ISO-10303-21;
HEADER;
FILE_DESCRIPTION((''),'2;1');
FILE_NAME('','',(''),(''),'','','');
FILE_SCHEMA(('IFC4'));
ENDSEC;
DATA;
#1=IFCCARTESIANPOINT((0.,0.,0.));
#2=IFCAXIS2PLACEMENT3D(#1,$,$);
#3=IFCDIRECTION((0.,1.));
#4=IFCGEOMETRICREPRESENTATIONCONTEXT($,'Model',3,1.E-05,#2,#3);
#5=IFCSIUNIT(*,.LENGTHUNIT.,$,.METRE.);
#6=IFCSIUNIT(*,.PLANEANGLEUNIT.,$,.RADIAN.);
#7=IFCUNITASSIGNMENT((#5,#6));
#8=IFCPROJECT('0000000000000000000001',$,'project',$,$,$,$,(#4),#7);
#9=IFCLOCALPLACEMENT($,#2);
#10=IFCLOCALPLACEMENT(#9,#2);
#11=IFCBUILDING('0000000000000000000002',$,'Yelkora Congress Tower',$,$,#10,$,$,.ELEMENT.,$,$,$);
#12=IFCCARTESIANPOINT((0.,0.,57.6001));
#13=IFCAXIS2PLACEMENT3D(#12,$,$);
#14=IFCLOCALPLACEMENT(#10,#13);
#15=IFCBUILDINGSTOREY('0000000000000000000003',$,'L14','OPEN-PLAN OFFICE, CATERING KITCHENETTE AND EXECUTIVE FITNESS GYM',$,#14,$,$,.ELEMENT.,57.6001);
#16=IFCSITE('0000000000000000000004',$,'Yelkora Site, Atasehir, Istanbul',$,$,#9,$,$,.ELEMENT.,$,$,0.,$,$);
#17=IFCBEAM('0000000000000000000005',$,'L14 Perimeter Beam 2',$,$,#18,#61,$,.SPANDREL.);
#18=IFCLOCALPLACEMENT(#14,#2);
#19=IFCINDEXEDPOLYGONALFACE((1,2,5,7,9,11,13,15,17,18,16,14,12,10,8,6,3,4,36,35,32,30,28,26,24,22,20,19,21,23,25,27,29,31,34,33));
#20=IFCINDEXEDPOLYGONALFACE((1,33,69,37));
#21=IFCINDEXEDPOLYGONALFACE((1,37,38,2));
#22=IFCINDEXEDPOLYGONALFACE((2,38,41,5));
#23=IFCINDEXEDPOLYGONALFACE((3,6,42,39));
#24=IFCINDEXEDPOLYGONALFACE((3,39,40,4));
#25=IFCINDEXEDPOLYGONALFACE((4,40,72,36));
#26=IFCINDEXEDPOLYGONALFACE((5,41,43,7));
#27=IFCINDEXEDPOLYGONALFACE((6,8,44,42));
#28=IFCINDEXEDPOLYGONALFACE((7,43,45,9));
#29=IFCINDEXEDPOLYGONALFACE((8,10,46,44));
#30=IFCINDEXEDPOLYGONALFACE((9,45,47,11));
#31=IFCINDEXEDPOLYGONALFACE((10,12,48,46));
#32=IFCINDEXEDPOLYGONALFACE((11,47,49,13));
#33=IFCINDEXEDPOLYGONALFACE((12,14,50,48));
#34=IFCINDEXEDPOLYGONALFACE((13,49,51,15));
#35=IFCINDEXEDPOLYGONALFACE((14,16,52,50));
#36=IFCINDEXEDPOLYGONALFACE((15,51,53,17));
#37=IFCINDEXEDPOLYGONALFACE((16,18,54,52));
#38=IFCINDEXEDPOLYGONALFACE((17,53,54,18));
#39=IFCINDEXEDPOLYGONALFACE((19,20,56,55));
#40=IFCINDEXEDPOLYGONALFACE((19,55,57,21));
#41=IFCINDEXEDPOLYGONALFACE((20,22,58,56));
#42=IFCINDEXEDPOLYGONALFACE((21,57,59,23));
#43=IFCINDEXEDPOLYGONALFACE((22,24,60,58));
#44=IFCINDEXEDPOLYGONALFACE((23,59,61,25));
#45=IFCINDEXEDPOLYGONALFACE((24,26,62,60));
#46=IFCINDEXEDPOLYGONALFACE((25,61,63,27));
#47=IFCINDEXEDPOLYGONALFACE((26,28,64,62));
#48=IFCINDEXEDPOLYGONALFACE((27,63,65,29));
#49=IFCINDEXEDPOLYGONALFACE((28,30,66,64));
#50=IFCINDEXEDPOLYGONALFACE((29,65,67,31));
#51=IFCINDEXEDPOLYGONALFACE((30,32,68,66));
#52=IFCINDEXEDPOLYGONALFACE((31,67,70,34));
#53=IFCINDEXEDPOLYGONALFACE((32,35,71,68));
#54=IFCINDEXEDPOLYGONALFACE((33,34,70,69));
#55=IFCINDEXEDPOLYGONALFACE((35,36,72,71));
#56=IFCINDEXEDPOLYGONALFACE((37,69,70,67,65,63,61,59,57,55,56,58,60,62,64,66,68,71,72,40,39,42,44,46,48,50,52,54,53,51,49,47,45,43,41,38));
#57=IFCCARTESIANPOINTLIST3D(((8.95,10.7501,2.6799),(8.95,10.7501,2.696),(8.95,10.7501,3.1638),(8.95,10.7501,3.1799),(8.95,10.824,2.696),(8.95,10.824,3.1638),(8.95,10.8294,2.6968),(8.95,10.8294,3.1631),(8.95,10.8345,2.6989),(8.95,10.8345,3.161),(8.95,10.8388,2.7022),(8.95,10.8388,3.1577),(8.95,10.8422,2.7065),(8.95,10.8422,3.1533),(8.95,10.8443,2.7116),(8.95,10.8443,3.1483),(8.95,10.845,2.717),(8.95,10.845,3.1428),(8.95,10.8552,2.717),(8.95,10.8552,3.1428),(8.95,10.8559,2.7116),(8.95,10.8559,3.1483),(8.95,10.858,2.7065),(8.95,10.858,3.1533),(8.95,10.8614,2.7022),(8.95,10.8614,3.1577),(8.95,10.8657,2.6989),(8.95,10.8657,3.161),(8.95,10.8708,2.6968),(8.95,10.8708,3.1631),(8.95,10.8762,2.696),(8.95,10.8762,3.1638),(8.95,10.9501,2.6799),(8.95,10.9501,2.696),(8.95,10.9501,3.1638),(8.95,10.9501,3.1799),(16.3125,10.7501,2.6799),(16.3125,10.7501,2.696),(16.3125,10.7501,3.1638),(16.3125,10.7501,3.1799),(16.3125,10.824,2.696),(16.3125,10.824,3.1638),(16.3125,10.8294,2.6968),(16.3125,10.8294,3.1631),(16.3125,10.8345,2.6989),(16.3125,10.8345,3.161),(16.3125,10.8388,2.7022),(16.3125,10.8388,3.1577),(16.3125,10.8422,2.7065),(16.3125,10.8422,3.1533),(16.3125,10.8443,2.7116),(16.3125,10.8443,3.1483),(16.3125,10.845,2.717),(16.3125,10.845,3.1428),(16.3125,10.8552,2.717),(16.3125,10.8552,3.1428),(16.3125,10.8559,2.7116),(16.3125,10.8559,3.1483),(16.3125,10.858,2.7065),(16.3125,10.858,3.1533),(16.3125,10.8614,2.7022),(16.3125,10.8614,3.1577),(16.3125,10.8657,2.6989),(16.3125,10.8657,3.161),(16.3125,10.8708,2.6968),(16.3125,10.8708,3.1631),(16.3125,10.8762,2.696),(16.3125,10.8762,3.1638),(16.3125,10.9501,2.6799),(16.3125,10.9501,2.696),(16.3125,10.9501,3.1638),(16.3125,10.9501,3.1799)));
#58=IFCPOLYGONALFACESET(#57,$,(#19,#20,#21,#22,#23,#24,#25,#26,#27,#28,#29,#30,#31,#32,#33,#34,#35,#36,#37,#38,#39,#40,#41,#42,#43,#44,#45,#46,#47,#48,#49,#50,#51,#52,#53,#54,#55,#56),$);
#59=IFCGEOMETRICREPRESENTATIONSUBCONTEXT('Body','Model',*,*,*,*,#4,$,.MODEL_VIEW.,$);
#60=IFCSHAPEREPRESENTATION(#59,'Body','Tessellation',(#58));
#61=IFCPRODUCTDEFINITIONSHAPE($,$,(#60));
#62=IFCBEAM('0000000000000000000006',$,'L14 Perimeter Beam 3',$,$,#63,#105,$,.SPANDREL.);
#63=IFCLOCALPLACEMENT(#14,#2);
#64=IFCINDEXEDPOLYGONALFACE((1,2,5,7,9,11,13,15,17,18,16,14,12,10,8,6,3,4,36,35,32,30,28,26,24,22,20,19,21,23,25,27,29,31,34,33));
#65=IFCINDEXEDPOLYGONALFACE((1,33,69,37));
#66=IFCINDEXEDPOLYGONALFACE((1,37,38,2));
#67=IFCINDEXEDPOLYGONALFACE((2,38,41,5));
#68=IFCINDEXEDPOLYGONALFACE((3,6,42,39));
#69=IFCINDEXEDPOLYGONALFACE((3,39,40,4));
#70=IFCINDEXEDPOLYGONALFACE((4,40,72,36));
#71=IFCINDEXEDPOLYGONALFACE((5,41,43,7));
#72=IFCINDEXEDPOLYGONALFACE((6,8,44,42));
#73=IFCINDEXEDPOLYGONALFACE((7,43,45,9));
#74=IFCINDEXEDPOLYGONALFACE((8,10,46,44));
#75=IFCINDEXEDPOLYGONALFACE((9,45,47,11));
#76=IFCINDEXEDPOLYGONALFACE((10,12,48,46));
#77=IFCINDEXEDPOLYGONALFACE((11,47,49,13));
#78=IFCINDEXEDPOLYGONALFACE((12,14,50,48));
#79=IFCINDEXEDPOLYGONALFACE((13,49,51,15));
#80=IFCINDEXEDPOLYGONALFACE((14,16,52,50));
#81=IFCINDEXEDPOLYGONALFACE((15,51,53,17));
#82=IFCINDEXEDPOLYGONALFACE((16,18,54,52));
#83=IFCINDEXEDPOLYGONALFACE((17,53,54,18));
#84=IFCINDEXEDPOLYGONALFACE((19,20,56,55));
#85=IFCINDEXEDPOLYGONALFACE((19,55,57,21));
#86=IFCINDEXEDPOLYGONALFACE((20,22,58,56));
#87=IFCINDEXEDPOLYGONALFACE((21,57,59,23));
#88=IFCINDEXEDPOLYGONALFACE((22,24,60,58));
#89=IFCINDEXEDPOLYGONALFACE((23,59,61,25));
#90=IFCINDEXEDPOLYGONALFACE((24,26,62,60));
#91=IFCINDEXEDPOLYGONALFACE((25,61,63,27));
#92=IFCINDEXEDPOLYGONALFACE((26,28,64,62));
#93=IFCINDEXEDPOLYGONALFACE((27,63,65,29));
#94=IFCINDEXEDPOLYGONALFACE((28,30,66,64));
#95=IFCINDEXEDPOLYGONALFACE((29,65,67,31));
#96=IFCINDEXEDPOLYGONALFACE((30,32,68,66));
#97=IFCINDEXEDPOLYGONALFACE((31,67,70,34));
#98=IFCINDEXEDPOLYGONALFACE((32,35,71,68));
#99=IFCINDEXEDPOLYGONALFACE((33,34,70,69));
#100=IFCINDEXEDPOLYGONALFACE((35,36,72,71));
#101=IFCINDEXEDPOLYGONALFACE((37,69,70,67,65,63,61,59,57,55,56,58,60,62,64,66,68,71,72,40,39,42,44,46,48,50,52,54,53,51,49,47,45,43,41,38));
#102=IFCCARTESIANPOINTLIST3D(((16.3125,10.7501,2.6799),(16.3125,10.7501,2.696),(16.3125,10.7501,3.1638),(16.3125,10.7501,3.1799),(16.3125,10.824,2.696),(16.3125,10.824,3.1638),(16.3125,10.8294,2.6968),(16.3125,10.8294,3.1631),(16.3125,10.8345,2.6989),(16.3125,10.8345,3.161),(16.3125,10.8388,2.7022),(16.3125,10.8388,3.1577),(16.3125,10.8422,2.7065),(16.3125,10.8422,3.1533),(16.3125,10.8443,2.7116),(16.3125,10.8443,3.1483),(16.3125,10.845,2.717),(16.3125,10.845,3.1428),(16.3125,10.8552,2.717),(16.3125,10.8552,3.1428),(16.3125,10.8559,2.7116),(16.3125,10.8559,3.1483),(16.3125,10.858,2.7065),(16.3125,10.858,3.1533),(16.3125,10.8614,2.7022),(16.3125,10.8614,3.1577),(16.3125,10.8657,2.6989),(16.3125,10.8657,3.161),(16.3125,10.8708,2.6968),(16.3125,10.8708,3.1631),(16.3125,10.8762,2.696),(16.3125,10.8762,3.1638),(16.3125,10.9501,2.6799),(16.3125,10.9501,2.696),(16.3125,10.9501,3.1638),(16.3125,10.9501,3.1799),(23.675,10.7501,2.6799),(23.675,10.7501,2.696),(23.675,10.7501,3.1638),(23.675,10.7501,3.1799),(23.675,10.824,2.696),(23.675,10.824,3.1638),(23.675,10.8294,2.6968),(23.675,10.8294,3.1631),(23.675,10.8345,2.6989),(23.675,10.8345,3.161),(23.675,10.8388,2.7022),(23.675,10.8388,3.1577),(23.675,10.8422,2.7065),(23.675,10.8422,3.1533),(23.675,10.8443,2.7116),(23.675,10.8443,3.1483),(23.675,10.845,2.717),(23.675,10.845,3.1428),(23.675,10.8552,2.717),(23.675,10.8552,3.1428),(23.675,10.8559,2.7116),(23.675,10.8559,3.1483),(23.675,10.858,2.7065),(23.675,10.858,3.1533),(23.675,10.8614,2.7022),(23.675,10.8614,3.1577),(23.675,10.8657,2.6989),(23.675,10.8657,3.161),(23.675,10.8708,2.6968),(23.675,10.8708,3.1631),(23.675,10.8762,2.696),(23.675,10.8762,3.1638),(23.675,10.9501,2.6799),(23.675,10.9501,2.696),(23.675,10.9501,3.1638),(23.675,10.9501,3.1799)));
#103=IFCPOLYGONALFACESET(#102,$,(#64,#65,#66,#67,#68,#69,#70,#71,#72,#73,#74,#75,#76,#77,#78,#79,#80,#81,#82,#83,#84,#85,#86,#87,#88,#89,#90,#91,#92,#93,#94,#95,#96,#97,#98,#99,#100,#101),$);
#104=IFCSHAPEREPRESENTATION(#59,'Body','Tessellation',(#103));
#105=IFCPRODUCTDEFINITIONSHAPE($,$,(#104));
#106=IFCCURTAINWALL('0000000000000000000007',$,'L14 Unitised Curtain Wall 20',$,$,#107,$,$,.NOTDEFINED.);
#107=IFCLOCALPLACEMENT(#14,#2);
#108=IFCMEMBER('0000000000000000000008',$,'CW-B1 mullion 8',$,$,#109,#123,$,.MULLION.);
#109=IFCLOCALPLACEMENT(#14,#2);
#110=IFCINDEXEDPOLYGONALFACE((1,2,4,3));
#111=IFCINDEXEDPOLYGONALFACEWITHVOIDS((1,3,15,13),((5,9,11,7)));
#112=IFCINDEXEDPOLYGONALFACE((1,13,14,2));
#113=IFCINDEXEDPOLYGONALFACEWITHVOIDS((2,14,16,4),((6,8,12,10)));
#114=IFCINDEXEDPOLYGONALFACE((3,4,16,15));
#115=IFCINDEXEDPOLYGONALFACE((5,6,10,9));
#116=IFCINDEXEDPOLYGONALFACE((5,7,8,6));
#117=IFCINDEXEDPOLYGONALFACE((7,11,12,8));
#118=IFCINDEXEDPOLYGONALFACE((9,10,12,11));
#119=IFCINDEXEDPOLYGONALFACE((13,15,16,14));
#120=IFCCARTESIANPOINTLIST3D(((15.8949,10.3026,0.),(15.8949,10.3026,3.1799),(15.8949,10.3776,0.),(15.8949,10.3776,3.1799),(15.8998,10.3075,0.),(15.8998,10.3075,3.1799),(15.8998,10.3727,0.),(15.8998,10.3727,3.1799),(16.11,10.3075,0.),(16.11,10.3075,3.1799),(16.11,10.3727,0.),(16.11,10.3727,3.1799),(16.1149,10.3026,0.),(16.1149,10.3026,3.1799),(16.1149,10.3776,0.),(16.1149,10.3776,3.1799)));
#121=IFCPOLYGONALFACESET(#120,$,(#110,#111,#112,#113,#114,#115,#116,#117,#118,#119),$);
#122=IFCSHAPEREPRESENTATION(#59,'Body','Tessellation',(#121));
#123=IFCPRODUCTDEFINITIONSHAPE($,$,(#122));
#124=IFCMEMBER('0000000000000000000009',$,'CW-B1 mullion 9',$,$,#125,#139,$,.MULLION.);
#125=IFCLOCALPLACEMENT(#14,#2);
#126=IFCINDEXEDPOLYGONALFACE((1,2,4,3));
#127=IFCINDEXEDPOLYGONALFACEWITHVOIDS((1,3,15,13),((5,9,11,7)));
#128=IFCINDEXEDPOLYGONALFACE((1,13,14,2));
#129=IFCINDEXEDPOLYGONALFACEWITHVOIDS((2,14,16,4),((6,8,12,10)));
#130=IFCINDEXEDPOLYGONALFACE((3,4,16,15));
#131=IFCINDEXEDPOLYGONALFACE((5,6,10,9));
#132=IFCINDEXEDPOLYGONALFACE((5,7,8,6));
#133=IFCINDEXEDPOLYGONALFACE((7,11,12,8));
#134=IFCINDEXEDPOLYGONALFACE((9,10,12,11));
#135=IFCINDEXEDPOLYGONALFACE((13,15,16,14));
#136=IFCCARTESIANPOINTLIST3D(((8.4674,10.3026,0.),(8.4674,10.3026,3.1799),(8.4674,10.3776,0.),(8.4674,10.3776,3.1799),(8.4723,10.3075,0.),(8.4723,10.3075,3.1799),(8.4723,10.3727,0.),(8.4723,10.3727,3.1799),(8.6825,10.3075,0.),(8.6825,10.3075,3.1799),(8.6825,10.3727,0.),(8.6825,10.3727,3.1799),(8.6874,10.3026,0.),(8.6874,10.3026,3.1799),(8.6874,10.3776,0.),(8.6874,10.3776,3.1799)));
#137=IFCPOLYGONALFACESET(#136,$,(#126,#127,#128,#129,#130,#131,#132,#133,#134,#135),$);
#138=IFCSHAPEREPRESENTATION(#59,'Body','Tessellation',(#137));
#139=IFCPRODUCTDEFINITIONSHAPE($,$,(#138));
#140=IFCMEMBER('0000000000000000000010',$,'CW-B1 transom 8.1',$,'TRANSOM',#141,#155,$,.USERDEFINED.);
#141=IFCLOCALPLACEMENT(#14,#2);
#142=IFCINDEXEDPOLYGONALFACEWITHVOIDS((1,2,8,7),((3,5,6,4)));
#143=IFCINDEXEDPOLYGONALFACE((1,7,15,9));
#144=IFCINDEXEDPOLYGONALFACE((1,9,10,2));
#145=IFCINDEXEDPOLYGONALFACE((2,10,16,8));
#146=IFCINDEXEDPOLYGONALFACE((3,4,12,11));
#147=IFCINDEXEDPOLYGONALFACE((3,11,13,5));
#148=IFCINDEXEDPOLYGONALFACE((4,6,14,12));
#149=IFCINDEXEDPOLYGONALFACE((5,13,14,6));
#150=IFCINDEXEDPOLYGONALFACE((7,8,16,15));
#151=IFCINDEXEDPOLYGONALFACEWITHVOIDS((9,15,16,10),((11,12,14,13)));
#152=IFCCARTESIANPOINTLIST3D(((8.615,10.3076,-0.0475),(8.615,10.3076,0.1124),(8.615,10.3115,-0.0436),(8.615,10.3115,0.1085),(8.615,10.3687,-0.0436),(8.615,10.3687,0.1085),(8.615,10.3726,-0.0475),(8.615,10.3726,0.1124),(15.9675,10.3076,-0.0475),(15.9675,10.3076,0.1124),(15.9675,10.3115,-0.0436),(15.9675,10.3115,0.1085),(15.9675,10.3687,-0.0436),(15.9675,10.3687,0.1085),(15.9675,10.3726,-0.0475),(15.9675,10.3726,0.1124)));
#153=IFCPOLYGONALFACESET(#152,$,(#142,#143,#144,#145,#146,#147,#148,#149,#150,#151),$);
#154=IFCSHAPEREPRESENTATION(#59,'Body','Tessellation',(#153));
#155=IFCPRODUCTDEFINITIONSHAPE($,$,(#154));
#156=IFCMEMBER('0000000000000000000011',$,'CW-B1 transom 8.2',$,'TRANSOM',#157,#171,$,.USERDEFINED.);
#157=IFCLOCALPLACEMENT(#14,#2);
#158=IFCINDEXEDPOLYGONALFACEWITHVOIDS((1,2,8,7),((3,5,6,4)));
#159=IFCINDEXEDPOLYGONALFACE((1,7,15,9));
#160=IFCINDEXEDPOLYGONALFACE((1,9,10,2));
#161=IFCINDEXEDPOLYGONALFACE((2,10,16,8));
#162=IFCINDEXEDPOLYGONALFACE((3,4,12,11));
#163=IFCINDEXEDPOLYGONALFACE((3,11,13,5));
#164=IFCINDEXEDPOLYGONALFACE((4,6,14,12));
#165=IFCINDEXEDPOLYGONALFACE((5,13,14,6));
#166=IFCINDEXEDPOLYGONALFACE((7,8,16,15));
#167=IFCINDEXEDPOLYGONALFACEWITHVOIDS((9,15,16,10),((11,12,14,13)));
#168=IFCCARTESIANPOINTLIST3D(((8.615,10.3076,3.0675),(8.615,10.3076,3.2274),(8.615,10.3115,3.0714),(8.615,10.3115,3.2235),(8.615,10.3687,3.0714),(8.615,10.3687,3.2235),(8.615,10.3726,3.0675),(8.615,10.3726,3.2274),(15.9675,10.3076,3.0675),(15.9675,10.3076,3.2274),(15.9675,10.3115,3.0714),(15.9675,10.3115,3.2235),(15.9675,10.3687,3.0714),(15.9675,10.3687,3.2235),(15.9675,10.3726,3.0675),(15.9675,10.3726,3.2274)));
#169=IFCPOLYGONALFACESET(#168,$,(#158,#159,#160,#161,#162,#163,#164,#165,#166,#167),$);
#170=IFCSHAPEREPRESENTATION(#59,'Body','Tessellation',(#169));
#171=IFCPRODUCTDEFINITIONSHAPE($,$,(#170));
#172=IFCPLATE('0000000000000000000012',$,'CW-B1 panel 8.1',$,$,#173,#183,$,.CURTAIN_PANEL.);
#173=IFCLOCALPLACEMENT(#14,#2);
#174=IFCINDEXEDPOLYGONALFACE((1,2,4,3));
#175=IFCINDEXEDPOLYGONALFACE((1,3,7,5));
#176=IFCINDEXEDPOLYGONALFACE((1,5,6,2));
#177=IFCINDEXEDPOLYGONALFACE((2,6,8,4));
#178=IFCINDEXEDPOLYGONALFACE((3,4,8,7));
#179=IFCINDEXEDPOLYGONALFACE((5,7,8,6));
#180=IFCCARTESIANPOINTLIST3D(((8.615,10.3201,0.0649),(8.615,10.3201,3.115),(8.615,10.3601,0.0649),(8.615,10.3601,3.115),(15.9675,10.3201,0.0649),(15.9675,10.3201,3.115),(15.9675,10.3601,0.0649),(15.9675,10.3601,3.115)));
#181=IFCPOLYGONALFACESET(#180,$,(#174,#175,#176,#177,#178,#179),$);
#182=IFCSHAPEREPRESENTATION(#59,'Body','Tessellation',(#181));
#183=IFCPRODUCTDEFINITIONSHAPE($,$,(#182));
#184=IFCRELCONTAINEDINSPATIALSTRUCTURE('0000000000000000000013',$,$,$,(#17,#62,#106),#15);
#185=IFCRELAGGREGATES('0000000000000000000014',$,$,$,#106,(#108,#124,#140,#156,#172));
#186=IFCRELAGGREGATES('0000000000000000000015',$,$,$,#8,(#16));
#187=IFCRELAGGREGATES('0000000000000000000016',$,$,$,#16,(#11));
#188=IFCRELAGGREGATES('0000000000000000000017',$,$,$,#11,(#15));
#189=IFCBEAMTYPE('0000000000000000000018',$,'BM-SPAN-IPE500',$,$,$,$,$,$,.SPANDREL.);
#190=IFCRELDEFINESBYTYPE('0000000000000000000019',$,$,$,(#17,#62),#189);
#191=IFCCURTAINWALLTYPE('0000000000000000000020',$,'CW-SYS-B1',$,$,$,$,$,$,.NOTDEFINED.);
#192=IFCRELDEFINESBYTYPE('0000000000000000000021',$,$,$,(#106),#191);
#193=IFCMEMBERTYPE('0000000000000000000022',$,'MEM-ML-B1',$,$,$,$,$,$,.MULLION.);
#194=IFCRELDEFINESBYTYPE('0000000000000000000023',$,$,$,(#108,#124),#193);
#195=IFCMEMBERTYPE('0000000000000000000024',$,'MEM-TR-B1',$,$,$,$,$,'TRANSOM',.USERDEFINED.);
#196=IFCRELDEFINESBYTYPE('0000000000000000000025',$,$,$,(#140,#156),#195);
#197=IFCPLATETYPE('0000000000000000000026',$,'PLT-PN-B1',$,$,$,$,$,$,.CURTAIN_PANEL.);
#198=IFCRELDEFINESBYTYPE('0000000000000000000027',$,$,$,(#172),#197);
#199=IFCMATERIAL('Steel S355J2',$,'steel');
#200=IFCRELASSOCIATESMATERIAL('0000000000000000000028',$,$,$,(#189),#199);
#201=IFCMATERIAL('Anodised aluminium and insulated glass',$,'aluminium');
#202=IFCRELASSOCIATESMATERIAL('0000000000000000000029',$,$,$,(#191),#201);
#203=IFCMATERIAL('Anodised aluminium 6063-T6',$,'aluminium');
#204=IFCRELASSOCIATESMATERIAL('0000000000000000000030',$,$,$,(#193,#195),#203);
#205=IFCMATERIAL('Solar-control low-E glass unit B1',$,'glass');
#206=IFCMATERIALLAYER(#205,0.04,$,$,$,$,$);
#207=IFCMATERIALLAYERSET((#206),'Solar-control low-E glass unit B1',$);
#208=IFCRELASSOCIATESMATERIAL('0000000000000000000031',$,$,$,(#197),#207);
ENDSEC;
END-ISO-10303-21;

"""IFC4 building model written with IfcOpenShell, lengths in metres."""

from ifc_helpers import new_model, si_unit, direction, frame, origin, origin_2d, place, context, subcontext, project, spatial, rectangle, hollow_rectangle, i_section, extrude, material, layer, layer_set, material_profile, profile_set, type_object, element, aggregate, save


model = new_model("IFC4")

# Units and contexts
model_context = context("Model", 3, precision=1e-05, world=origin(), true_north=direction((0.0, 1.0)))
body_context = subcontext(model_context, "Body", "Model", "MODEL_VIEW")
ifc_project = project(units=[si_unit("LENGTHUNIT", "METRE"), si_unit("PLANEANGLEUNIT", "RADIAN")], contexts=[model_context])

# Site, building, storey
site_placement = place(None, origin())
site = spatial("IfcSite", under=ifc_project, at=site_placement, Name="Yelkora Site, Atasehir, Istanbul", CompositionType="ELEMENT", RefElevation=0.0)
building_placement = place(site_placement, origin())
building = spatial("IfcBuilding", under=site, at=building_placement, Name="Yelkora Congress Tower", CompositionType="ELEMENT")
storey_placement = place(building_placement, frame((0.0, 0.0, 57.6001)))
storey = spatial("IfcBuildingStorey", under=building, at=storey_placement, Name="L14", Description="OPEN-PLAN OFFICE, CATERING KITCHENETTE AND EXECUTIVE FITNESS GYM", CompositionType="ELEMENT", Elevation=57.6001)

# Beams
ifc_material_1 = material(Name="Steel S355J2", Category="steel")
ifc_material_profile_1 = material_profile(ifc_material_1, i_section(OverallWidth=0.2, OverallDepth=0.5, WebThickness=0.0103, FlangeThickness=0.0161, FilletRadius=0.021, at=origin_2d()), Name="IPE 500")
ifc_profile_set_1 = profile_set([ifc_material_profile_1], Name="Steel S355J2")
beam_type_1 = type_object("IfcBeamType", Name="BM-SPAN-IPE500", PredefinedType="SPANDREL", material=ifc_profile_set_1)
for number, where, z_axis, x_axis, name in (
    (1, (8.95, 10.8501, 2.9299), (1.0, 0.0, 0.0), (0.0, 1.0, 0.0), "L14 Perimeter Beam 2"),
    (2, (16.3125, 10.8501, 2.9299), (1.0, 0.0, 0.0), (0.0, 1.0, 0.0), "L14 Perimeter Beam 3"),
):
    element("IfcBeam", number, at=place(storey_placement, frame(where, z_axis=z_axis, x_axis=x_axis)), inside=storey, type_object=beam_type_1, Name=name, PredefinedType="SPANDREL", context=body_context, shape_type="SweptSolid", body=[
        extrude(i_section(OverallWidth=0.2, OverallDepth=0.5, WebThickness=0.0103, FlangeThickness=0.0161, FilletRadius=0.021, at=origin_2d()), origin(), (0.0, 0.0, 1.0), 7.3625),
    ])

# Curtain wall, members, plate
ifc_material_2 = material(Name="Anodised aluminium and insulated glass", Category="aluminium")
curtain_wall_type = type_object("IfcCurtainWallType", Name="CW-SYS-B1", PredefinedType="NOTDEFINED", material=ifc_material_2)
curtain_wall_placement = place(storey_placement, origin())
curtain_wall = element("IfcCurtainWall", 3, at=curtain_wall_placement, inside=storey, type_object=curtain_wall_type, Name="L14 Unitised Curtain Wall 20", PredefinedType="NOTDEFINED")
ifc_material_3 = material(Name="Anodised aluminium 6063-T6", Category="aluminium")
ifc_material_profile_2 = material_profile(ifc_material_3, hollow_rectangle(XDim=0.075, YDim=0.22, WallThickness=0.0049, at=origin_2d()), Name="ALU 75x220x5")
ifc_profile_set_2 = profile_set([ifc_material_profile_2], Name="Anodised aluminium 6063-T6")
member_type_1 = type_object("IfcMemberType", Name="MEM-ML-B1", PredefinedType="MULLION", material=ifc_profile_set_2)
member_1_placement = place(storey_placement, frame((16.0049, 10.3401, 0.0), z_axis=(0.0, 0.0, 1.0), x_axis=(0.0, -1.0, 0.0)))
member_1 = element("IfcMember", 4, at=member_1_placement, type_object=member_type_1, Name="CW-B1 mullion 8", PredefinedType="MULLION", context=body_context, shape_type="SweptSolid", body=[
    extrude(hollow_rectangle(XDim=0.075, YDim=0.22, WallThickness=0.0049, at=origin_2d()), origin(), (0.0, 0.0, 1.0), 3.1799),
])
member_2_placement = place(storey_placement, frame((8.5774, 10.3401, 0.0), z_axis=(0.0, 0.0, 1.0), x_axis=(0.0, -1.0, 0.0)))
member_2 = element("IfcMember", 5, at=member_2_placement, type_object=member_type_1, Name="CW-B1 mullion 9", PredefinedType="MULLION", context=body_context, shape_type="SweptSolid", body=[
    extrude(hollow_rectangle(XDim=0.075, YDim=0.22, WallThickness=0.0049, at=origin_2d()), origin(), (0.0, 0.0, 1.0), 3.1799),
])
ifc_material_profile_3 = material_profile(ifc_material_3, hollow_rectangle(XDim=0.0649, YDim=0.1599, WallThickness=0.0039, at=origin_2d()), Name="ALU 65x160x4")
ifc_profile_set_3 = profile_set([ifc_material_profile_3], Name="Anodised aluminium 6063-T6")
member_type_2 = type_object("IfcMemberType", Name="MEM-TR-B1", ElementType="TRANSOM", PredefinedType="USERDEFINED", material=ifc_profile_set_3)
member_3_placement = place(storey_placement, frame((15.9675, 10.3401, 0.0325), z_axis=(-1.0, 0.0, 0.0), x_axis=(0.0, -1.0, 0.0)))
member_3 = element("IfcMember", 6, at=member_3_placement, type_object=member_type_2, Name="CW-B1 transom 8.1", ObjectType="TRANSOM", PredefinedType="USERDEFINED", context=body_context, shape_type="SweptSolid", body=[
    extrude(hollow_rectangle(XDim=0.0649, YDim=0.1599, WallThickness=0.0039, at=origin_2d()), origin(), (0.0, 0.0, 1.0), 7.3525),
])
member_4_placement = place(storey_placement, frame((15.9675, 10.3401, 3.1475), z_axis=(-1.0, 0.0, 0.0), x_axis=(0.0, -1.0, 0.0)))
member_4 = element("IfcMember", 7, at=member_4_placement, type_object=member_type_2, Name="CW-B1 transom 8.2", ObjectType="TRANSOM", PredefinedType="USERDEFINED", context=body_context, shape_type="SweptSolid", body=[
    extrude(hollow_rectangle(XDim=0.0649, YDim=0.1599, WallThickness=0.0039, at=origin_2d()), origin(), (0.0, 0.0, 1.0), 7.3525),
])
ifc_material_4 = material(Name="Solar-control low-E glass unit B1", Category="glass")
ifc_layer_1 = layer(ifc_material_4, 0.04)
ifc_layer_set_1 = layer_set([ifc_layer_1], Name="Solar-control low-E glass unit B1")
plate_type = type_object("IfcPlateType", Name="PLT-PN-B1", PredefinedType="CURTAIN_PANEL", material=ifc_layer_set_1)
plate_placement = place(storey_placement, frame((12.2913, 10.3401, 0.0649), z_axis=(0.0, 0.0, 1.0), x_axis=(-1.0, 0.0, 0.0)))
plate = element("IfcPlate", 8, at=plate_placement, type_object=plate_type, Name="CW-B1 panel 8.1", PredefinedType="CURTAIN_PANEL", context=body_context, shape_type="SweptSolid", body=[
    extrude(rectangle(XDim=7.3525, YDim=0.04, at=origin_2d()), origin(), (0.0, 0.0, 1.0), 3.05),
])
aggregate(curtain_wall, [member_1, member_2, member_3, member_4, plate])

save(model, "model.ifc")
